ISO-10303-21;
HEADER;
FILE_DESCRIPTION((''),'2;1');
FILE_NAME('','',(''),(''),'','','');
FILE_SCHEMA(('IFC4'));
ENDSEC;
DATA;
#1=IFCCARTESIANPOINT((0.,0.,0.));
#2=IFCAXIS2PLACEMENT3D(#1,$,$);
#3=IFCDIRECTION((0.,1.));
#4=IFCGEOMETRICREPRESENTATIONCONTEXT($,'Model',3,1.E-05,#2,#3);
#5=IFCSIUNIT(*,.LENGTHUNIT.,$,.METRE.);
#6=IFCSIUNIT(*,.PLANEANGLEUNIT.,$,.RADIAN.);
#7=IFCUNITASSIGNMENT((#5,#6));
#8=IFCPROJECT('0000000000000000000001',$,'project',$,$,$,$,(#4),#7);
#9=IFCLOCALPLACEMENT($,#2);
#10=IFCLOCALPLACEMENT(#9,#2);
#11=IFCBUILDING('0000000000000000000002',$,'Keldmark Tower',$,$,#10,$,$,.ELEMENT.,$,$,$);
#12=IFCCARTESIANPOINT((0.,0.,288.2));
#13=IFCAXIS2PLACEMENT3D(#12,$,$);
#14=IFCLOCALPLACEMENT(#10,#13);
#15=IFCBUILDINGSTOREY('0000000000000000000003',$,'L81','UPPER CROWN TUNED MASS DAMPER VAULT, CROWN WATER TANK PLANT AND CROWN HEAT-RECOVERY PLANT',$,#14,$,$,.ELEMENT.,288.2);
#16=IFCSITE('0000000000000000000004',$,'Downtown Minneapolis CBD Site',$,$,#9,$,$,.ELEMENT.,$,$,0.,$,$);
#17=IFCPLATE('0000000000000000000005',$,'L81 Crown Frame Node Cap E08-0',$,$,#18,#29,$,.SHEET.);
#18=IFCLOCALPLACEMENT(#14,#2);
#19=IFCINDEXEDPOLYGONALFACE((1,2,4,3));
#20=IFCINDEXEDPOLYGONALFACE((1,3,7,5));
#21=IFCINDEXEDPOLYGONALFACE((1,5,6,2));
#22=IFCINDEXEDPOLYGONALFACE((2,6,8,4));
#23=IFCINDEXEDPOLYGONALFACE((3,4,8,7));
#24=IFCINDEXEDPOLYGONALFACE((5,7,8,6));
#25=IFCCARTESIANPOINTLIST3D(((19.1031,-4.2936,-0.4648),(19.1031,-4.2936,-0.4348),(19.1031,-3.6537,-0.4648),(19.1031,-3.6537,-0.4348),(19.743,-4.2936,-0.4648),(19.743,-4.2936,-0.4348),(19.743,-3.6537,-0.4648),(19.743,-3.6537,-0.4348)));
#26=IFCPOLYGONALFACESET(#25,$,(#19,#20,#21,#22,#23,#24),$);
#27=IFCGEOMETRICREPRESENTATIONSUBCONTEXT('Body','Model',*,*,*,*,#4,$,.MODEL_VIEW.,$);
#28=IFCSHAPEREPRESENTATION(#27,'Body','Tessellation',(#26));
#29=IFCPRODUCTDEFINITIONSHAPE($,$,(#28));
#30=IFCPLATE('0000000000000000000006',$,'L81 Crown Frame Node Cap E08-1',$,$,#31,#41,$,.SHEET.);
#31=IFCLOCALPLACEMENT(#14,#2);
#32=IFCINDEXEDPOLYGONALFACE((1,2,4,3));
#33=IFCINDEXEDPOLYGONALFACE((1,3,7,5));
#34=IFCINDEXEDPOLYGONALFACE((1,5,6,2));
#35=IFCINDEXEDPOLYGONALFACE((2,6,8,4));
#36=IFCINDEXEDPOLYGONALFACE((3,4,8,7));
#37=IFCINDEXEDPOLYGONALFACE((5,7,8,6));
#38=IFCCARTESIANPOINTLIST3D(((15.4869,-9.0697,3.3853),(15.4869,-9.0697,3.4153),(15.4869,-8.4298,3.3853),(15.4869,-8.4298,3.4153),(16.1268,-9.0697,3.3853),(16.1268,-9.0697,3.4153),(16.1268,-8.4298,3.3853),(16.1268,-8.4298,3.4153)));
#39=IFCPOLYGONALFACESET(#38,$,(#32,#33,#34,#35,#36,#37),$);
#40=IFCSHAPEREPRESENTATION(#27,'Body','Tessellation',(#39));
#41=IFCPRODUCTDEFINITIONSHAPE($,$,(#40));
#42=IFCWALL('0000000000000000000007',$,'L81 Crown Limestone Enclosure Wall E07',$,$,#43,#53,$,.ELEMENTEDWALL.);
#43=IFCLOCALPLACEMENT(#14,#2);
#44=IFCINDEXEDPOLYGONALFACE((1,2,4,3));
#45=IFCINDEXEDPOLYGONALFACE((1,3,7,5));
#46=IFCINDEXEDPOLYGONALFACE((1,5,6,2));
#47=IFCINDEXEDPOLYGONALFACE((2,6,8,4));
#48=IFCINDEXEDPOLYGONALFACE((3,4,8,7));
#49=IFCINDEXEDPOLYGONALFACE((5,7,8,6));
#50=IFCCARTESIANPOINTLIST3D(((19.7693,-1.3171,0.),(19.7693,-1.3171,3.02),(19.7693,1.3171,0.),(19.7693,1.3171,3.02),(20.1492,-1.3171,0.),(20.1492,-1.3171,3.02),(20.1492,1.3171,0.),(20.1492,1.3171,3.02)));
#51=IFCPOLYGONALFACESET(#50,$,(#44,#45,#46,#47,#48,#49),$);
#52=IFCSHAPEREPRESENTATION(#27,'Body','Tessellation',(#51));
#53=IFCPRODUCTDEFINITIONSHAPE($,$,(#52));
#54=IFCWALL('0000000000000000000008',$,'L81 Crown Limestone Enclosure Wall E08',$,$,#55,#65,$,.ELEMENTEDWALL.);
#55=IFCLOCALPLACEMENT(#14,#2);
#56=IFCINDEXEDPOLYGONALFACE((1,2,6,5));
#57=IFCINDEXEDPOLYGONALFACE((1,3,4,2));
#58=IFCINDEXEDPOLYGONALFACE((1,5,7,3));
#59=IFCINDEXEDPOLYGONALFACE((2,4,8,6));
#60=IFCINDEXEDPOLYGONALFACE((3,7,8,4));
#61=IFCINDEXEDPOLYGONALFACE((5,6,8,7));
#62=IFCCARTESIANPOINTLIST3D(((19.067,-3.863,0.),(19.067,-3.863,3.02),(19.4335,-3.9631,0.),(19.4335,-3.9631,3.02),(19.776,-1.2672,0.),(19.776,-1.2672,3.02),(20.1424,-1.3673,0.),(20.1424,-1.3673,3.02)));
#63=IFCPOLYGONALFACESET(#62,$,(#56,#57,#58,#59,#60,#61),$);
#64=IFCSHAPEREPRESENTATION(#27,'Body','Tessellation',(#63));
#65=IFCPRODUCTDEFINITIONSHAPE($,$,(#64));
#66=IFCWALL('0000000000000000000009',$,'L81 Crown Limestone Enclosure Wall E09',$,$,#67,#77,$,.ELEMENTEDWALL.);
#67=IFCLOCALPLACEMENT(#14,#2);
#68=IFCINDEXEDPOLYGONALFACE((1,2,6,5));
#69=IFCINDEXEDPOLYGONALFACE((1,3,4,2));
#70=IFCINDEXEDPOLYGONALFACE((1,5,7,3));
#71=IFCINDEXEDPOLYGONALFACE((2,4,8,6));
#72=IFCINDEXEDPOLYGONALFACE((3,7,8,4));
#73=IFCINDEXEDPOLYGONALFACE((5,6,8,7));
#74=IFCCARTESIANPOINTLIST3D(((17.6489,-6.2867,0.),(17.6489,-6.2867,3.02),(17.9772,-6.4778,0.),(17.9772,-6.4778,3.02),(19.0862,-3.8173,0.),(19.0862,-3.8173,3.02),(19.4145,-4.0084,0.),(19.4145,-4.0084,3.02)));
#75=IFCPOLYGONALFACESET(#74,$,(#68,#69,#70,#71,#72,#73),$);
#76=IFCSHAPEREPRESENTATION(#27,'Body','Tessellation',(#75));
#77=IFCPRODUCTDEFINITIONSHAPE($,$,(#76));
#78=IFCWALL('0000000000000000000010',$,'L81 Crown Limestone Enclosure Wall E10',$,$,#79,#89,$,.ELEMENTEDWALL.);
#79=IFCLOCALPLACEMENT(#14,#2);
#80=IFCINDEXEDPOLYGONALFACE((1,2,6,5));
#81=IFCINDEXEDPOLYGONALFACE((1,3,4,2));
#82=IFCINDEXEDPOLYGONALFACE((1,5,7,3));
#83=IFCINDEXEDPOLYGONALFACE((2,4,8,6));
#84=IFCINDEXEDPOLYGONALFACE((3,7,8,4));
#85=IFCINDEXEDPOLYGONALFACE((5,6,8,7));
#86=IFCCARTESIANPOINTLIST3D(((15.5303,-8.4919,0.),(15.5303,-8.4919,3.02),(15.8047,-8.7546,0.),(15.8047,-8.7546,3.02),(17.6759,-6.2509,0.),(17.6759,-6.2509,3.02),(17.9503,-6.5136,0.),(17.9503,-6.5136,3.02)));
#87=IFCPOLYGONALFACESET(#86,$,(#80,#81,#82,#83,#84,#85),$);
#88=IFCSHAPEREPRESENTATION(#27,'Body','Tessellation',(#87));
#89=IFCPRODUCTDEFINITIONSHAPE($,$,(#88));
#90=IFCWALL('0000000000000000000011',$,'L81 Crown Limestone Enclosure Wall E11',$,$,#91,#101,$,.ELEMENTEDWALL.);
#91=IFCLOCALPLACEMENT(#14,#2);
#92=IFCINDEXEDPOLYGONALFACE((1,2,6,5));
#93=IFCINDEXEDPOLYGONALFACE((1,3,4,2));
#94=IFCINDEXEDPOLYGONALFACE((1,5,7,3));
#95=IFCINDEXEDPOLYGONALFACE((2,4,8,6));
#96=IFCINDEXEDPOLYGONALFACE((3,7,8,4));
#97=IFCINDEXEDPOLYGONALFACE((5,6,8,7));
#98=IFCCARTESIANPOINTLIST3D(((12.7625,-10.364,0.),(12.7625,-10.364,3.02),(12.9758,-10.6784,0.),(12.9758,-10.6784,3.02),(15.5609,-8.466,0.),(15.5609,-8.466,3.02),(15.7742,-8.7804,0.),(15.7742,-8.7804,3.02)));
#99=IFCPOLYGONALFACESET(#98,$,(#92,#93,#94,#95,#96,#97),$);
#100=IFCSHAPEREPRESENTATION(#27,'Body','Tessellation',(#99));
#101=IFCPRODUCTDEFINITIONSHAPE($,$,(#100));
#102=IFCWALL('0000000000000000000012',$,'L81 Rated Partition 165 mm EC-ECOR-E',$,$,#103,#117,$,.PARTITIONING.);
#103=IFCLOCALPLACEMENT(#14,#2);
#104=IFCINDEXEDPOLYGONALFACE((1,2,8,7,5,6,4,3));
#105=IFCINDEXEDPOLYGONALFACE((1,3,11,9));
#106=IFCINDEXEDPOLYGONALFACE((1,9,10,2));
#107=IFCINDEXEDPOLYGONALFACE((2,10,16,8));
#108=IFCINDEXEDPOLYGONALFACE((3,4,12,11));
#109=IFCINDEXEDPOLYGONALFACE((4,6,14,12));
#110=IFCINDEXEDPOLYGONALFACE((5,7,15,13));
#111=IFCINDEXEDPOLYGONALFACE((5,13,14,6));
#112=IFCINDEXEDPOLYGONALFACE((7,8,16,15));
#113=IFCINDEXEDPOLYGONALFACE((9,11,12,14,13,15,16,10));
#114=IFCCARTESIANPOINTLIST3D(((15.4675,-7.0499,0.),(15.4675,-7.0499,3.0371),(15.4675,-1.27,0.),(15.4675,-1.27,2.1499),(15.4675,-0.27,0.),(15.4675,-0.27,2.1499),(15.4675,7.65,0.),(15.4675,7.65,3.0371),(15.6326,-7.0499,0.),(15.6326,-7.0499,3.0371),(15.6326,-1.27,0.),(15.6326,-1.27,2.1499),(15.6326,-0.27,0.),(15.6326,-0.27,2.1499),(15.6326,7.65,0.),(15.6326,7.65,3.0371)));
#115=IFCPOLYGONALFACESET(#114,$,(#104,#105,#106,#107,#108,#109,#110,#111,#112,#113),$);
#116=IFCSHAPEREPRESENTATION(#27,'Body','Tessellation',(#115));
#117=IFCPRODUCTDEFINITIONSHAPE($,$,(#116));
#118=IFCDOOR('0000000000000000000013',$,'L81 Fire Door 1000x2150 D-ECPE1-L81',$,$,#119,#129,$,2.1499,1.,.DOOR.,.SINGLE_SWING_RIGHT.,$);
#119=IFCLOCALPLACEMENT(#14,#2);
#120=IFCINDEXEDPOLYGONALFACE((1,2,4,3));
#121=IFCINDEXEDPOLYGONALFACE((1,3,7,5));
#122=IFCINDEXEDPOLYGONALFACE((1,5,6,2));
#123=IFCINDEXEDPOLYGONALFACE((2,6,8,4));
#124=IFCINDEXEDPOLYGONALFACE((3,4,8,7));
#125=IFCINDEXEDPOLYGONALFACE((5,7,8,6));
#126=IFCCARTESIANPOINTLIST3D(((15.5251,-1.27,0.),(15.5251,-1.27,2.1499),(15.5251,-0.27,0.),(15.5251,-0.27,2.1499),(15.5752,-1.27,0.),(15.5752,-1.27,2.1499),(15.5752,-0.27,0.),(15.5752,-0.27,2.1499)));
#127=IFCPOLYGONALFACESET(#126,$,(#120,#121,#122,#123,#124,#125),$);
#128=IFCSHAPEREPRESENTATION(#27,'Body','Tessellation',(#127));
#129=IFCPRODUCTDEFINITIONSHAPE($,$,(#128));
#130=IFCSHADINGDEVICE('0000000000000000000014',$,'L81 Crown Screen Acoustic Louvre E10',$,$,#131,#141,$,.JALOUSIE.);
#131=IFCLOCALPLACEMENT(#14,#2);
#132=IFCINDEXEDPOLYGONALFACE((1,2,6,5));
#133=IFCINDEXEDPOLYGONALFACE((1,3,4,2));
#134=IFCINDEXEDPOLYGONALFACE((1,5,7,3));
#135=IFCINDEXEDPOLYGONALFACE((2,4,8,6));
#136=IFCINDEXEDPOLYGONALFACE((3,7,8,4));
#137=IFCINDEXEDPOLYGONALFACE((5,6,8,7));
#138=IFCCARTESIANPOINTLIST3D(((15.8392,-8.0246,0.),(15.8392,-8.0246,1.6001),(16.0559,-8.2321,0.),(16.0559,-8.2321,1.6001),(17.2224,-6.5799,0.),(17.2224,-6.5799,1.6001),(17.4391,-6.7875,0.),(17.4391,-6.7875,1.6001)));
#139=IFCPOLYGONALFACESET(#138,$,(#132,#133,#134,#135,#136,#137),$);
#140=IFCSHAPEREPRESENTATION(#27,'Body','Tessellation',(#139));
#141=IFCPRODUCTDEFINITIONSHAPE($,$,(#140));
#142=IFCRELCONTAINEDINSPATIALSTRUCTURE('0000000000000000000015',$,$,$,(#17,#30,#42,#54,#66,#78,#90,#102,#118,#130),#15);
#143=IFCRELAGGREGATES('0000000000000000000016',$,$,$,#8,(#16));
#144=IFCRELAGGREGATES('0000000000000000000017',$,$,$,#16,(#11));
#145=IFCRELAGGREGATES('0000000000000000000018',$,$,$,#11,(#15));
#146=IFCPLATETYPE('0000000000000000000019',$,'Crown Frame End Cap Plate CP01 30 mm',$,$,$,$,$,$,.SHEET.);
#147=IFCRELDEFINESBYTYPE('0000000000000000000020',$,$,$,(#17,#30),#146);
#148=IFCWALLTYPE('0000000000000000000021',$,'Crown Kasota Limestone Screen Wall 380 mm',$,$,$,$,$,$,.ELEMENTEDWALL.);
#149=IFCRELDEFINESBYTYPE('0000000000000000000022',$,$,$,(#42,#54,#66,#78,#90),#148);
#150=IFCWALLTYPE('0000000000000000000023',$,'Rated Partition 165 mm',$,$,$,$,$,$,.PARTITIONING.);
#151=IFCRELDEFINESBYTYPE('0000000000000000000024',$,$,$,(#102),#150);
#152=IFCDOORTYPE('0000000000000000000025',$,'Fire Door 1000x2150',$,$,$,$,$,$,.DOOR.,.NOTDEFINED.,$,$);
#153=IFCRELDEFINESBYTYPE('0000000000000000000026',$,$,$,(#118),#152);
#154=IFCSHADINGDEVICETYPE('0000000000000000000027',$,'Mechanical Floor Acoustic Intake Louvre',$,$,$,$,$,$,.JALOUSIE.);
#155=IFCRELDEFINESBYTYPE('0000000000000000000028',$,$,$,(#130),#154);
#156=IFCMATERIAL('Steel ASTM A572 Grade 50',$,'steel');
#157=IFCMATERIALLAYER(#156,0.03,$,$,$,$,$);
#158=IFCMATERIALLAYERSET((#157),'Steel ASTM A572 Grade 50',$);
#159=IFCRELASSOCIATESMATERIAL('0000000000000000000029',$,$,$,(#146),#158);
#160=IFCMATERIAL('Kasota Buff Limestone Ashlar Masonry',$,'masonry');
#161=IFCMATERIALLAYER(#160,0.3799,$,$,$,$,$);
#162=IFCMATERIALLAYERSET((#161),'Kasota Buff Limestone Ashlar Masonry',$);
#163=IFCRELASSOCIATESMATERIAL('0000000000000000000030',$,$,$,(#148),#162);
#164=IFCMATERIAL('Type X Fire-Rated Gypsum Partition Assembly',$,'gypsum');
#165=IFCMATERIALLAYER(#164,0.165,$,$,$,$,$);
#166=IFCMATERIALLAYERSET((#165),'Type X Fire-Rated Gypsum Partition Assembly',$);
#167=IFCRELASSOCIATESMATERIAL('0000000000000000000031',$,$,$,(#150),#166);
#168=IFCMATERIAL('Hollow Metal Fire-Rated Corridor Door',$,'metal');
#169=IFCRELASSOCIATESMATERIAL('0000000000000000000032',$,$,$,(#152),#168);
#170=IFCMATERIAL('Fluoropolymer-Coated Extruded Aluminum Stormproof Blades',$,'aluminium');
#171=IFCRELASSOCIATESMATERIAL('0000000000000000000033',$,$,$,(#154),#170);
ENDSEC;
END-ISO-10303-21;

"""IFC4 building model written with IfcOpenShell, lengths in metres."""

from ifc_helpers import new_model, si_unit, direction, frame, frame_2d, origin, origin_2d, place, context, subcontext, project, spatial, rectangle, extrude, material, layer, layer_set, type_object, element, fill, save


model = new_model("IFC4")

# Units and contexts
model_context = context("Model", 3, precision=1e-05, world=origin(), true_north=direction((0.0, 1.0)))
body_context = subcontext(model_context, "Body", "Model", "MODEL_VIEW")
ifc_project = project(units=[si_unit("LENGTHUNIT", "METRE"), si_unit("PLANEANGLEUNIT", "RADIAN")], contexts=[model_context])

# Site, building, storey
site_placement = place(None, origin())
site = spatial("IfcSite", under=ifc_project, at=site_placement, Name="Downtown Minneapolis CBD Site", CompositionType="ELEMENT", RefElevation=0.0)
building_placement = place(site_placement, origin())
building = spatial("IfcBuilding", under=site, at=building_placement, Name="Keldmark Tower", CompositionType="ELEMENT")
storey_placement = place(building_placement, frame((0.0, 0.0, 288.2)))
storey = spatial("IfcBuildingStorey", under=building, at=storey_placement, Name="L81", Description="UPPER CROWN TUNED MASS DAMPER VAULT, CROWN WATER TANK PLANT AND CROWN HEAT-RECOVERY PLANT", CompositionType="ELEMENT", Elevation=288.2)

# Plates
ifc_material_1 = material(Name="Steel ASTM A572 Grade 50", Category="steel")
ifc_layer_1 = layer(ifc_material_1, 0.03)
ifc_layer_set_1 = layer_set([ifc_layer_1], Name="Steel ASTM A572 Grade 50")
plate_type_1 = type_object("IfcPlateType", Name="Crown Frame End Cap Plate CP01 30 mm", PredefinedType="SHEET", material=ifc_layer_set_1)
for number, where, z_axis, x_axis, name in (
    (1, (19.4231, -3.9736, -0.4648), (0.0, 0.0, 1.0), (1.0, 0.0, 0.0), "L81 Crown Frame Node Cap E08-0"),
    (2, (15.8069, -8.7498, 3.3853), (0.0, 0.0, 1.0), (1.0, 0.0, 0.0), "L81 Crown Frame Node Cap E08-1"),
):
    element("IfcPlate", number, at=place(storey_placement, frame(where, z_axis=z_axis, x_axis=x_axis)), inside=storey, type_object=plate_type_1, Name=name, PredefinedType="SHEET", context=body_context, shape_type="SweptSolid", body=[
        extrude(rectangle(XDim=0.6399, YDim=0.6399, at=origin_2d()), origin(), (0.0, 0.0, 1.0), 0.03),
    ])

# Walls
ifc_material_2 = material(Name="Kasota Buff Limestone Ashlar Masonry", Category="masonry")
ifc_layer_2 = layer(ifc_material_2, 0.3799)
ifc_layer_set_2 = layer_set([ifc_layer_2], Name="Kasota Buff Limestone Ashlar Masonry")
wall_type_1 = type_object("IfcWallType", Name="Crown Kasota Limestone Screen Wall 380 mm", PredefinedType="ELEMENTEDWALL", material=ifc_layer_set_2)
wall_1_placement = place(storey_placement, frame((19.9592, -1.3171, 0.0), z_axis=(0.0, 0.0, 1.0), x_axis=(0.0, 1.0, 0.0)))
element("IfcWall", 3, at=wall_1_placement, inside=storey, type_object=wall_type_1, Name="L81 Crown Limestone Enclosure Wall E07", PredefinedType="ELEMENTEDWALL", context=body_context, shape_type="SweptSolid", body=[
    extrude(rectangle(XDim=2.6343, YDim=0.3799, at=frame_2d((1.3171, 0.0))), origin(), (0.0, 0.0, 1.0), 3.02),
])
wall_2_placement = place(storey_placement, frame((19.2502, -3.9131, 0.0), z_axis=(0.0, 0.0, 1.0), x_axis=(0.263463, 0.96467, 0.0)))
element("IfcWall", 4, at=wall_2_placement, inside=storey, type_object=wall_type_1, Name="L81 Crown Limestone Enclosure Wall E08", PredefinedType="ELEMENTEDWALL", context=body_context, shape_type="SweptSolid", body=[
    extrude(rectangle(XDim=2.6909, YDim=0.3799, at=frame_2d((1.3455, 0.0))), origin(), (0.0, 0.0, 1.0), 3.02),
])
wall_3_placement = place(storey_placement, frame((17.813, -6.3823, 0.0), z_axis=(0.0, 0.0, 1.0), x_axis=(0.503053, 0.864256, 0.0)))
element("IfcWall", 5, at=wall_3_placement, inside=storey, type_object=wall_type_1, Name="L81 Crown Limestone Enclosure Wall E09", PredefinedType="ELEMENTEDWALL", context=body_context, shape_type="SweptSolid", body=[
    extrude(rectangle(XDim=2.8572, YDim=0.3799, at=frame_2d((1.4287, 0.0))), origin(), (0.0, 0.0, 1.0), 3.02),
])
wall_4_placement = place(storey_placement, frame((15.6675, -8.6233, 0.0), z_axis=(0.0, 0.0, 1.0), x_axis=(0.691555, 0.722324, 0.0)))
element("IfcWall", 6, at=wall_4_placement, inside=storey, type_object=wall_type_1, Name="L81 Crown Limestone Enclosure Wall E10", PredefinedType="ELEMENTEDWALL", context=body_context, shape_type="SweptSolid", body=[
    extrude(rectangle(XDim=3.1025, YDim=0.3799, at=frame_2d((1.5513, 0.0))), origin(), (0.0, 0.0, 1.0), 3.02),
])
wall_5_placement = place(storey_placement, frame((12.8691, -10.5212, 0.0), z_axis=(0.0, 0.0, 1.0), x_axis=(0.827603, 0.561314, 0.0)))
element("IfcWall", 7, at=wall_5_placement, inside=storey, type_object=wall_type_1, Name="L81 Crown Limestone Enclosure Wall E11", PredefinedType="ELEMENTEDWALL", context=body_context, shape_type="SweptSolid", body=[
    extrude(rectangle(XDim=3.3813, YDim=0.3799, at=frame_2d((1.6907, 0.0))), origin(), (0.0, 0.0, 1.0), 3.02),
])

# Wall, opening, door
ifc_material_3 = material(Name="Type X Fire-Rated Gypsum Partition Assembly", Category="gypsum")
ifc_layer_3 = layer(ifc_material_3, 0.165)
ifc_layer_set_3 = layer_set([ifc_layer_3], Name="Type X Fire-Rated Gypsum Partition Assembly")
wall_type_2 = type_object("IfcWallType", Name="Rated Partition 165 mm", PredefinedType="PARTITIONING", material=ifc_layer_set_3)
wall_6_placement = place(storey_placement, frame((15.55, -7.05, 0.0), z_axis=(0.0, 0.0, 1.0), x_axis=(0.0, 1.0, 0.0)))
wall_6 = element("IfcWall", 8, at=wall_6_placement, inside=storey, type_object=wall_type_2, Name="L81 Rated Partition 165 mm EC-ECOR-E", PredefinedType="PARTITIONING", context=body_context, shape_type="SweptSolid", body=[
    extrude(rectangle(XDim=14.7, YDim=0.165, at=frame_2d((7.3501, 0.0))), origin(), (0.0, 0.0, 1.0), 3.0371),
])
opening_1_placement = place(wall_6_placement, frame((5.78, 0.0, 0.0)))
opening_1 = element("IfcOpeningElement", 9, at=opening_1_placement, cuts=wall_6, PredefinedType="OPENING", context=body_context, shape_type="SweptSolid", body=[
    extrude(rectangle(XDim=1.0, YDim=2.1499, at=frame_2d((0.5, 1.075))), frame((0.0, 0.0925, 0.0), z_axis=(0.0, -1.0, 0.0), x_axis=(1.0, 0.0, 0.0)), (0.0, 0.0, 1.0), 0.1851),
])
ifc_material_4 = material(Name="Hollow Metal Fire-Rated Corridor Door", Category="metal")
door_type_1 = type_object("IfcDoorType", Name="Fire Door 1000x2150", OperationType="NOTDEFINED", PredefinedType="DOOR", material=ifc_material_4)
door_1_placement = place(opening_1_placement, origin())
door_1 = element("IfcDoor", 10, at=door_1_placement, inside=storey, type_object=door_type_1, Name="L81 Fire Door 1000x2150 D-ECPE1-L81", OperationType="SINGLE_SWING_RIGHT", OverallHeight=2.1499, OverallWidth=1.0, PredefinedType="DOOR", context=body_context, shape_type="SweptSolid", body=[
    extrude(rectangle(XDim=1.0, YDim=2.1499, at=frame_2d((0.5, 1.075))), frame((0.0, 0.0249, 0.0), z_axis=(0.0, -1.0, 0.0), x_axis=(1.0, 0.0, 0.0)), (0.0, 0.0, 1.0), 0.05),
])
fill(opening_1, door_1)

# Shading device
ifc_material_5 = material(Name="Fluoropolymer-Coated Extruded Aluminum Stormproof Blades", Category="aluminium")
shading_device_type = type_object("IfcShadingDeviceType", Name="Mechanical Floor Acoustic Intake Louvre", PredefinedType="JALOUSIE", material=ifc_material_5)
shading_device_placement = place(storey_placement, frame((16.6392, -7.406, 0.0), z_axis=(0.0, 0.0, 1.0), x_axis=(0.691576, 0.722304, 0.0)))
element("IfcShadingDevice", 11, at=shading_device_placement, inside=storey, type_object=shading_device_type, Name="L81 Crown Screen Acoustic Louvre E10", PredefinedType="JALOUSIE", context=body_context, shape_type="SweptSolid", body=[
    extrude(rectangle(XDim=2.0, YDim=0.3, at=origin_2d()), origin(), (0.0, 0.0, 1.0), 1.6001),
])

save(model, "model.ifc")
